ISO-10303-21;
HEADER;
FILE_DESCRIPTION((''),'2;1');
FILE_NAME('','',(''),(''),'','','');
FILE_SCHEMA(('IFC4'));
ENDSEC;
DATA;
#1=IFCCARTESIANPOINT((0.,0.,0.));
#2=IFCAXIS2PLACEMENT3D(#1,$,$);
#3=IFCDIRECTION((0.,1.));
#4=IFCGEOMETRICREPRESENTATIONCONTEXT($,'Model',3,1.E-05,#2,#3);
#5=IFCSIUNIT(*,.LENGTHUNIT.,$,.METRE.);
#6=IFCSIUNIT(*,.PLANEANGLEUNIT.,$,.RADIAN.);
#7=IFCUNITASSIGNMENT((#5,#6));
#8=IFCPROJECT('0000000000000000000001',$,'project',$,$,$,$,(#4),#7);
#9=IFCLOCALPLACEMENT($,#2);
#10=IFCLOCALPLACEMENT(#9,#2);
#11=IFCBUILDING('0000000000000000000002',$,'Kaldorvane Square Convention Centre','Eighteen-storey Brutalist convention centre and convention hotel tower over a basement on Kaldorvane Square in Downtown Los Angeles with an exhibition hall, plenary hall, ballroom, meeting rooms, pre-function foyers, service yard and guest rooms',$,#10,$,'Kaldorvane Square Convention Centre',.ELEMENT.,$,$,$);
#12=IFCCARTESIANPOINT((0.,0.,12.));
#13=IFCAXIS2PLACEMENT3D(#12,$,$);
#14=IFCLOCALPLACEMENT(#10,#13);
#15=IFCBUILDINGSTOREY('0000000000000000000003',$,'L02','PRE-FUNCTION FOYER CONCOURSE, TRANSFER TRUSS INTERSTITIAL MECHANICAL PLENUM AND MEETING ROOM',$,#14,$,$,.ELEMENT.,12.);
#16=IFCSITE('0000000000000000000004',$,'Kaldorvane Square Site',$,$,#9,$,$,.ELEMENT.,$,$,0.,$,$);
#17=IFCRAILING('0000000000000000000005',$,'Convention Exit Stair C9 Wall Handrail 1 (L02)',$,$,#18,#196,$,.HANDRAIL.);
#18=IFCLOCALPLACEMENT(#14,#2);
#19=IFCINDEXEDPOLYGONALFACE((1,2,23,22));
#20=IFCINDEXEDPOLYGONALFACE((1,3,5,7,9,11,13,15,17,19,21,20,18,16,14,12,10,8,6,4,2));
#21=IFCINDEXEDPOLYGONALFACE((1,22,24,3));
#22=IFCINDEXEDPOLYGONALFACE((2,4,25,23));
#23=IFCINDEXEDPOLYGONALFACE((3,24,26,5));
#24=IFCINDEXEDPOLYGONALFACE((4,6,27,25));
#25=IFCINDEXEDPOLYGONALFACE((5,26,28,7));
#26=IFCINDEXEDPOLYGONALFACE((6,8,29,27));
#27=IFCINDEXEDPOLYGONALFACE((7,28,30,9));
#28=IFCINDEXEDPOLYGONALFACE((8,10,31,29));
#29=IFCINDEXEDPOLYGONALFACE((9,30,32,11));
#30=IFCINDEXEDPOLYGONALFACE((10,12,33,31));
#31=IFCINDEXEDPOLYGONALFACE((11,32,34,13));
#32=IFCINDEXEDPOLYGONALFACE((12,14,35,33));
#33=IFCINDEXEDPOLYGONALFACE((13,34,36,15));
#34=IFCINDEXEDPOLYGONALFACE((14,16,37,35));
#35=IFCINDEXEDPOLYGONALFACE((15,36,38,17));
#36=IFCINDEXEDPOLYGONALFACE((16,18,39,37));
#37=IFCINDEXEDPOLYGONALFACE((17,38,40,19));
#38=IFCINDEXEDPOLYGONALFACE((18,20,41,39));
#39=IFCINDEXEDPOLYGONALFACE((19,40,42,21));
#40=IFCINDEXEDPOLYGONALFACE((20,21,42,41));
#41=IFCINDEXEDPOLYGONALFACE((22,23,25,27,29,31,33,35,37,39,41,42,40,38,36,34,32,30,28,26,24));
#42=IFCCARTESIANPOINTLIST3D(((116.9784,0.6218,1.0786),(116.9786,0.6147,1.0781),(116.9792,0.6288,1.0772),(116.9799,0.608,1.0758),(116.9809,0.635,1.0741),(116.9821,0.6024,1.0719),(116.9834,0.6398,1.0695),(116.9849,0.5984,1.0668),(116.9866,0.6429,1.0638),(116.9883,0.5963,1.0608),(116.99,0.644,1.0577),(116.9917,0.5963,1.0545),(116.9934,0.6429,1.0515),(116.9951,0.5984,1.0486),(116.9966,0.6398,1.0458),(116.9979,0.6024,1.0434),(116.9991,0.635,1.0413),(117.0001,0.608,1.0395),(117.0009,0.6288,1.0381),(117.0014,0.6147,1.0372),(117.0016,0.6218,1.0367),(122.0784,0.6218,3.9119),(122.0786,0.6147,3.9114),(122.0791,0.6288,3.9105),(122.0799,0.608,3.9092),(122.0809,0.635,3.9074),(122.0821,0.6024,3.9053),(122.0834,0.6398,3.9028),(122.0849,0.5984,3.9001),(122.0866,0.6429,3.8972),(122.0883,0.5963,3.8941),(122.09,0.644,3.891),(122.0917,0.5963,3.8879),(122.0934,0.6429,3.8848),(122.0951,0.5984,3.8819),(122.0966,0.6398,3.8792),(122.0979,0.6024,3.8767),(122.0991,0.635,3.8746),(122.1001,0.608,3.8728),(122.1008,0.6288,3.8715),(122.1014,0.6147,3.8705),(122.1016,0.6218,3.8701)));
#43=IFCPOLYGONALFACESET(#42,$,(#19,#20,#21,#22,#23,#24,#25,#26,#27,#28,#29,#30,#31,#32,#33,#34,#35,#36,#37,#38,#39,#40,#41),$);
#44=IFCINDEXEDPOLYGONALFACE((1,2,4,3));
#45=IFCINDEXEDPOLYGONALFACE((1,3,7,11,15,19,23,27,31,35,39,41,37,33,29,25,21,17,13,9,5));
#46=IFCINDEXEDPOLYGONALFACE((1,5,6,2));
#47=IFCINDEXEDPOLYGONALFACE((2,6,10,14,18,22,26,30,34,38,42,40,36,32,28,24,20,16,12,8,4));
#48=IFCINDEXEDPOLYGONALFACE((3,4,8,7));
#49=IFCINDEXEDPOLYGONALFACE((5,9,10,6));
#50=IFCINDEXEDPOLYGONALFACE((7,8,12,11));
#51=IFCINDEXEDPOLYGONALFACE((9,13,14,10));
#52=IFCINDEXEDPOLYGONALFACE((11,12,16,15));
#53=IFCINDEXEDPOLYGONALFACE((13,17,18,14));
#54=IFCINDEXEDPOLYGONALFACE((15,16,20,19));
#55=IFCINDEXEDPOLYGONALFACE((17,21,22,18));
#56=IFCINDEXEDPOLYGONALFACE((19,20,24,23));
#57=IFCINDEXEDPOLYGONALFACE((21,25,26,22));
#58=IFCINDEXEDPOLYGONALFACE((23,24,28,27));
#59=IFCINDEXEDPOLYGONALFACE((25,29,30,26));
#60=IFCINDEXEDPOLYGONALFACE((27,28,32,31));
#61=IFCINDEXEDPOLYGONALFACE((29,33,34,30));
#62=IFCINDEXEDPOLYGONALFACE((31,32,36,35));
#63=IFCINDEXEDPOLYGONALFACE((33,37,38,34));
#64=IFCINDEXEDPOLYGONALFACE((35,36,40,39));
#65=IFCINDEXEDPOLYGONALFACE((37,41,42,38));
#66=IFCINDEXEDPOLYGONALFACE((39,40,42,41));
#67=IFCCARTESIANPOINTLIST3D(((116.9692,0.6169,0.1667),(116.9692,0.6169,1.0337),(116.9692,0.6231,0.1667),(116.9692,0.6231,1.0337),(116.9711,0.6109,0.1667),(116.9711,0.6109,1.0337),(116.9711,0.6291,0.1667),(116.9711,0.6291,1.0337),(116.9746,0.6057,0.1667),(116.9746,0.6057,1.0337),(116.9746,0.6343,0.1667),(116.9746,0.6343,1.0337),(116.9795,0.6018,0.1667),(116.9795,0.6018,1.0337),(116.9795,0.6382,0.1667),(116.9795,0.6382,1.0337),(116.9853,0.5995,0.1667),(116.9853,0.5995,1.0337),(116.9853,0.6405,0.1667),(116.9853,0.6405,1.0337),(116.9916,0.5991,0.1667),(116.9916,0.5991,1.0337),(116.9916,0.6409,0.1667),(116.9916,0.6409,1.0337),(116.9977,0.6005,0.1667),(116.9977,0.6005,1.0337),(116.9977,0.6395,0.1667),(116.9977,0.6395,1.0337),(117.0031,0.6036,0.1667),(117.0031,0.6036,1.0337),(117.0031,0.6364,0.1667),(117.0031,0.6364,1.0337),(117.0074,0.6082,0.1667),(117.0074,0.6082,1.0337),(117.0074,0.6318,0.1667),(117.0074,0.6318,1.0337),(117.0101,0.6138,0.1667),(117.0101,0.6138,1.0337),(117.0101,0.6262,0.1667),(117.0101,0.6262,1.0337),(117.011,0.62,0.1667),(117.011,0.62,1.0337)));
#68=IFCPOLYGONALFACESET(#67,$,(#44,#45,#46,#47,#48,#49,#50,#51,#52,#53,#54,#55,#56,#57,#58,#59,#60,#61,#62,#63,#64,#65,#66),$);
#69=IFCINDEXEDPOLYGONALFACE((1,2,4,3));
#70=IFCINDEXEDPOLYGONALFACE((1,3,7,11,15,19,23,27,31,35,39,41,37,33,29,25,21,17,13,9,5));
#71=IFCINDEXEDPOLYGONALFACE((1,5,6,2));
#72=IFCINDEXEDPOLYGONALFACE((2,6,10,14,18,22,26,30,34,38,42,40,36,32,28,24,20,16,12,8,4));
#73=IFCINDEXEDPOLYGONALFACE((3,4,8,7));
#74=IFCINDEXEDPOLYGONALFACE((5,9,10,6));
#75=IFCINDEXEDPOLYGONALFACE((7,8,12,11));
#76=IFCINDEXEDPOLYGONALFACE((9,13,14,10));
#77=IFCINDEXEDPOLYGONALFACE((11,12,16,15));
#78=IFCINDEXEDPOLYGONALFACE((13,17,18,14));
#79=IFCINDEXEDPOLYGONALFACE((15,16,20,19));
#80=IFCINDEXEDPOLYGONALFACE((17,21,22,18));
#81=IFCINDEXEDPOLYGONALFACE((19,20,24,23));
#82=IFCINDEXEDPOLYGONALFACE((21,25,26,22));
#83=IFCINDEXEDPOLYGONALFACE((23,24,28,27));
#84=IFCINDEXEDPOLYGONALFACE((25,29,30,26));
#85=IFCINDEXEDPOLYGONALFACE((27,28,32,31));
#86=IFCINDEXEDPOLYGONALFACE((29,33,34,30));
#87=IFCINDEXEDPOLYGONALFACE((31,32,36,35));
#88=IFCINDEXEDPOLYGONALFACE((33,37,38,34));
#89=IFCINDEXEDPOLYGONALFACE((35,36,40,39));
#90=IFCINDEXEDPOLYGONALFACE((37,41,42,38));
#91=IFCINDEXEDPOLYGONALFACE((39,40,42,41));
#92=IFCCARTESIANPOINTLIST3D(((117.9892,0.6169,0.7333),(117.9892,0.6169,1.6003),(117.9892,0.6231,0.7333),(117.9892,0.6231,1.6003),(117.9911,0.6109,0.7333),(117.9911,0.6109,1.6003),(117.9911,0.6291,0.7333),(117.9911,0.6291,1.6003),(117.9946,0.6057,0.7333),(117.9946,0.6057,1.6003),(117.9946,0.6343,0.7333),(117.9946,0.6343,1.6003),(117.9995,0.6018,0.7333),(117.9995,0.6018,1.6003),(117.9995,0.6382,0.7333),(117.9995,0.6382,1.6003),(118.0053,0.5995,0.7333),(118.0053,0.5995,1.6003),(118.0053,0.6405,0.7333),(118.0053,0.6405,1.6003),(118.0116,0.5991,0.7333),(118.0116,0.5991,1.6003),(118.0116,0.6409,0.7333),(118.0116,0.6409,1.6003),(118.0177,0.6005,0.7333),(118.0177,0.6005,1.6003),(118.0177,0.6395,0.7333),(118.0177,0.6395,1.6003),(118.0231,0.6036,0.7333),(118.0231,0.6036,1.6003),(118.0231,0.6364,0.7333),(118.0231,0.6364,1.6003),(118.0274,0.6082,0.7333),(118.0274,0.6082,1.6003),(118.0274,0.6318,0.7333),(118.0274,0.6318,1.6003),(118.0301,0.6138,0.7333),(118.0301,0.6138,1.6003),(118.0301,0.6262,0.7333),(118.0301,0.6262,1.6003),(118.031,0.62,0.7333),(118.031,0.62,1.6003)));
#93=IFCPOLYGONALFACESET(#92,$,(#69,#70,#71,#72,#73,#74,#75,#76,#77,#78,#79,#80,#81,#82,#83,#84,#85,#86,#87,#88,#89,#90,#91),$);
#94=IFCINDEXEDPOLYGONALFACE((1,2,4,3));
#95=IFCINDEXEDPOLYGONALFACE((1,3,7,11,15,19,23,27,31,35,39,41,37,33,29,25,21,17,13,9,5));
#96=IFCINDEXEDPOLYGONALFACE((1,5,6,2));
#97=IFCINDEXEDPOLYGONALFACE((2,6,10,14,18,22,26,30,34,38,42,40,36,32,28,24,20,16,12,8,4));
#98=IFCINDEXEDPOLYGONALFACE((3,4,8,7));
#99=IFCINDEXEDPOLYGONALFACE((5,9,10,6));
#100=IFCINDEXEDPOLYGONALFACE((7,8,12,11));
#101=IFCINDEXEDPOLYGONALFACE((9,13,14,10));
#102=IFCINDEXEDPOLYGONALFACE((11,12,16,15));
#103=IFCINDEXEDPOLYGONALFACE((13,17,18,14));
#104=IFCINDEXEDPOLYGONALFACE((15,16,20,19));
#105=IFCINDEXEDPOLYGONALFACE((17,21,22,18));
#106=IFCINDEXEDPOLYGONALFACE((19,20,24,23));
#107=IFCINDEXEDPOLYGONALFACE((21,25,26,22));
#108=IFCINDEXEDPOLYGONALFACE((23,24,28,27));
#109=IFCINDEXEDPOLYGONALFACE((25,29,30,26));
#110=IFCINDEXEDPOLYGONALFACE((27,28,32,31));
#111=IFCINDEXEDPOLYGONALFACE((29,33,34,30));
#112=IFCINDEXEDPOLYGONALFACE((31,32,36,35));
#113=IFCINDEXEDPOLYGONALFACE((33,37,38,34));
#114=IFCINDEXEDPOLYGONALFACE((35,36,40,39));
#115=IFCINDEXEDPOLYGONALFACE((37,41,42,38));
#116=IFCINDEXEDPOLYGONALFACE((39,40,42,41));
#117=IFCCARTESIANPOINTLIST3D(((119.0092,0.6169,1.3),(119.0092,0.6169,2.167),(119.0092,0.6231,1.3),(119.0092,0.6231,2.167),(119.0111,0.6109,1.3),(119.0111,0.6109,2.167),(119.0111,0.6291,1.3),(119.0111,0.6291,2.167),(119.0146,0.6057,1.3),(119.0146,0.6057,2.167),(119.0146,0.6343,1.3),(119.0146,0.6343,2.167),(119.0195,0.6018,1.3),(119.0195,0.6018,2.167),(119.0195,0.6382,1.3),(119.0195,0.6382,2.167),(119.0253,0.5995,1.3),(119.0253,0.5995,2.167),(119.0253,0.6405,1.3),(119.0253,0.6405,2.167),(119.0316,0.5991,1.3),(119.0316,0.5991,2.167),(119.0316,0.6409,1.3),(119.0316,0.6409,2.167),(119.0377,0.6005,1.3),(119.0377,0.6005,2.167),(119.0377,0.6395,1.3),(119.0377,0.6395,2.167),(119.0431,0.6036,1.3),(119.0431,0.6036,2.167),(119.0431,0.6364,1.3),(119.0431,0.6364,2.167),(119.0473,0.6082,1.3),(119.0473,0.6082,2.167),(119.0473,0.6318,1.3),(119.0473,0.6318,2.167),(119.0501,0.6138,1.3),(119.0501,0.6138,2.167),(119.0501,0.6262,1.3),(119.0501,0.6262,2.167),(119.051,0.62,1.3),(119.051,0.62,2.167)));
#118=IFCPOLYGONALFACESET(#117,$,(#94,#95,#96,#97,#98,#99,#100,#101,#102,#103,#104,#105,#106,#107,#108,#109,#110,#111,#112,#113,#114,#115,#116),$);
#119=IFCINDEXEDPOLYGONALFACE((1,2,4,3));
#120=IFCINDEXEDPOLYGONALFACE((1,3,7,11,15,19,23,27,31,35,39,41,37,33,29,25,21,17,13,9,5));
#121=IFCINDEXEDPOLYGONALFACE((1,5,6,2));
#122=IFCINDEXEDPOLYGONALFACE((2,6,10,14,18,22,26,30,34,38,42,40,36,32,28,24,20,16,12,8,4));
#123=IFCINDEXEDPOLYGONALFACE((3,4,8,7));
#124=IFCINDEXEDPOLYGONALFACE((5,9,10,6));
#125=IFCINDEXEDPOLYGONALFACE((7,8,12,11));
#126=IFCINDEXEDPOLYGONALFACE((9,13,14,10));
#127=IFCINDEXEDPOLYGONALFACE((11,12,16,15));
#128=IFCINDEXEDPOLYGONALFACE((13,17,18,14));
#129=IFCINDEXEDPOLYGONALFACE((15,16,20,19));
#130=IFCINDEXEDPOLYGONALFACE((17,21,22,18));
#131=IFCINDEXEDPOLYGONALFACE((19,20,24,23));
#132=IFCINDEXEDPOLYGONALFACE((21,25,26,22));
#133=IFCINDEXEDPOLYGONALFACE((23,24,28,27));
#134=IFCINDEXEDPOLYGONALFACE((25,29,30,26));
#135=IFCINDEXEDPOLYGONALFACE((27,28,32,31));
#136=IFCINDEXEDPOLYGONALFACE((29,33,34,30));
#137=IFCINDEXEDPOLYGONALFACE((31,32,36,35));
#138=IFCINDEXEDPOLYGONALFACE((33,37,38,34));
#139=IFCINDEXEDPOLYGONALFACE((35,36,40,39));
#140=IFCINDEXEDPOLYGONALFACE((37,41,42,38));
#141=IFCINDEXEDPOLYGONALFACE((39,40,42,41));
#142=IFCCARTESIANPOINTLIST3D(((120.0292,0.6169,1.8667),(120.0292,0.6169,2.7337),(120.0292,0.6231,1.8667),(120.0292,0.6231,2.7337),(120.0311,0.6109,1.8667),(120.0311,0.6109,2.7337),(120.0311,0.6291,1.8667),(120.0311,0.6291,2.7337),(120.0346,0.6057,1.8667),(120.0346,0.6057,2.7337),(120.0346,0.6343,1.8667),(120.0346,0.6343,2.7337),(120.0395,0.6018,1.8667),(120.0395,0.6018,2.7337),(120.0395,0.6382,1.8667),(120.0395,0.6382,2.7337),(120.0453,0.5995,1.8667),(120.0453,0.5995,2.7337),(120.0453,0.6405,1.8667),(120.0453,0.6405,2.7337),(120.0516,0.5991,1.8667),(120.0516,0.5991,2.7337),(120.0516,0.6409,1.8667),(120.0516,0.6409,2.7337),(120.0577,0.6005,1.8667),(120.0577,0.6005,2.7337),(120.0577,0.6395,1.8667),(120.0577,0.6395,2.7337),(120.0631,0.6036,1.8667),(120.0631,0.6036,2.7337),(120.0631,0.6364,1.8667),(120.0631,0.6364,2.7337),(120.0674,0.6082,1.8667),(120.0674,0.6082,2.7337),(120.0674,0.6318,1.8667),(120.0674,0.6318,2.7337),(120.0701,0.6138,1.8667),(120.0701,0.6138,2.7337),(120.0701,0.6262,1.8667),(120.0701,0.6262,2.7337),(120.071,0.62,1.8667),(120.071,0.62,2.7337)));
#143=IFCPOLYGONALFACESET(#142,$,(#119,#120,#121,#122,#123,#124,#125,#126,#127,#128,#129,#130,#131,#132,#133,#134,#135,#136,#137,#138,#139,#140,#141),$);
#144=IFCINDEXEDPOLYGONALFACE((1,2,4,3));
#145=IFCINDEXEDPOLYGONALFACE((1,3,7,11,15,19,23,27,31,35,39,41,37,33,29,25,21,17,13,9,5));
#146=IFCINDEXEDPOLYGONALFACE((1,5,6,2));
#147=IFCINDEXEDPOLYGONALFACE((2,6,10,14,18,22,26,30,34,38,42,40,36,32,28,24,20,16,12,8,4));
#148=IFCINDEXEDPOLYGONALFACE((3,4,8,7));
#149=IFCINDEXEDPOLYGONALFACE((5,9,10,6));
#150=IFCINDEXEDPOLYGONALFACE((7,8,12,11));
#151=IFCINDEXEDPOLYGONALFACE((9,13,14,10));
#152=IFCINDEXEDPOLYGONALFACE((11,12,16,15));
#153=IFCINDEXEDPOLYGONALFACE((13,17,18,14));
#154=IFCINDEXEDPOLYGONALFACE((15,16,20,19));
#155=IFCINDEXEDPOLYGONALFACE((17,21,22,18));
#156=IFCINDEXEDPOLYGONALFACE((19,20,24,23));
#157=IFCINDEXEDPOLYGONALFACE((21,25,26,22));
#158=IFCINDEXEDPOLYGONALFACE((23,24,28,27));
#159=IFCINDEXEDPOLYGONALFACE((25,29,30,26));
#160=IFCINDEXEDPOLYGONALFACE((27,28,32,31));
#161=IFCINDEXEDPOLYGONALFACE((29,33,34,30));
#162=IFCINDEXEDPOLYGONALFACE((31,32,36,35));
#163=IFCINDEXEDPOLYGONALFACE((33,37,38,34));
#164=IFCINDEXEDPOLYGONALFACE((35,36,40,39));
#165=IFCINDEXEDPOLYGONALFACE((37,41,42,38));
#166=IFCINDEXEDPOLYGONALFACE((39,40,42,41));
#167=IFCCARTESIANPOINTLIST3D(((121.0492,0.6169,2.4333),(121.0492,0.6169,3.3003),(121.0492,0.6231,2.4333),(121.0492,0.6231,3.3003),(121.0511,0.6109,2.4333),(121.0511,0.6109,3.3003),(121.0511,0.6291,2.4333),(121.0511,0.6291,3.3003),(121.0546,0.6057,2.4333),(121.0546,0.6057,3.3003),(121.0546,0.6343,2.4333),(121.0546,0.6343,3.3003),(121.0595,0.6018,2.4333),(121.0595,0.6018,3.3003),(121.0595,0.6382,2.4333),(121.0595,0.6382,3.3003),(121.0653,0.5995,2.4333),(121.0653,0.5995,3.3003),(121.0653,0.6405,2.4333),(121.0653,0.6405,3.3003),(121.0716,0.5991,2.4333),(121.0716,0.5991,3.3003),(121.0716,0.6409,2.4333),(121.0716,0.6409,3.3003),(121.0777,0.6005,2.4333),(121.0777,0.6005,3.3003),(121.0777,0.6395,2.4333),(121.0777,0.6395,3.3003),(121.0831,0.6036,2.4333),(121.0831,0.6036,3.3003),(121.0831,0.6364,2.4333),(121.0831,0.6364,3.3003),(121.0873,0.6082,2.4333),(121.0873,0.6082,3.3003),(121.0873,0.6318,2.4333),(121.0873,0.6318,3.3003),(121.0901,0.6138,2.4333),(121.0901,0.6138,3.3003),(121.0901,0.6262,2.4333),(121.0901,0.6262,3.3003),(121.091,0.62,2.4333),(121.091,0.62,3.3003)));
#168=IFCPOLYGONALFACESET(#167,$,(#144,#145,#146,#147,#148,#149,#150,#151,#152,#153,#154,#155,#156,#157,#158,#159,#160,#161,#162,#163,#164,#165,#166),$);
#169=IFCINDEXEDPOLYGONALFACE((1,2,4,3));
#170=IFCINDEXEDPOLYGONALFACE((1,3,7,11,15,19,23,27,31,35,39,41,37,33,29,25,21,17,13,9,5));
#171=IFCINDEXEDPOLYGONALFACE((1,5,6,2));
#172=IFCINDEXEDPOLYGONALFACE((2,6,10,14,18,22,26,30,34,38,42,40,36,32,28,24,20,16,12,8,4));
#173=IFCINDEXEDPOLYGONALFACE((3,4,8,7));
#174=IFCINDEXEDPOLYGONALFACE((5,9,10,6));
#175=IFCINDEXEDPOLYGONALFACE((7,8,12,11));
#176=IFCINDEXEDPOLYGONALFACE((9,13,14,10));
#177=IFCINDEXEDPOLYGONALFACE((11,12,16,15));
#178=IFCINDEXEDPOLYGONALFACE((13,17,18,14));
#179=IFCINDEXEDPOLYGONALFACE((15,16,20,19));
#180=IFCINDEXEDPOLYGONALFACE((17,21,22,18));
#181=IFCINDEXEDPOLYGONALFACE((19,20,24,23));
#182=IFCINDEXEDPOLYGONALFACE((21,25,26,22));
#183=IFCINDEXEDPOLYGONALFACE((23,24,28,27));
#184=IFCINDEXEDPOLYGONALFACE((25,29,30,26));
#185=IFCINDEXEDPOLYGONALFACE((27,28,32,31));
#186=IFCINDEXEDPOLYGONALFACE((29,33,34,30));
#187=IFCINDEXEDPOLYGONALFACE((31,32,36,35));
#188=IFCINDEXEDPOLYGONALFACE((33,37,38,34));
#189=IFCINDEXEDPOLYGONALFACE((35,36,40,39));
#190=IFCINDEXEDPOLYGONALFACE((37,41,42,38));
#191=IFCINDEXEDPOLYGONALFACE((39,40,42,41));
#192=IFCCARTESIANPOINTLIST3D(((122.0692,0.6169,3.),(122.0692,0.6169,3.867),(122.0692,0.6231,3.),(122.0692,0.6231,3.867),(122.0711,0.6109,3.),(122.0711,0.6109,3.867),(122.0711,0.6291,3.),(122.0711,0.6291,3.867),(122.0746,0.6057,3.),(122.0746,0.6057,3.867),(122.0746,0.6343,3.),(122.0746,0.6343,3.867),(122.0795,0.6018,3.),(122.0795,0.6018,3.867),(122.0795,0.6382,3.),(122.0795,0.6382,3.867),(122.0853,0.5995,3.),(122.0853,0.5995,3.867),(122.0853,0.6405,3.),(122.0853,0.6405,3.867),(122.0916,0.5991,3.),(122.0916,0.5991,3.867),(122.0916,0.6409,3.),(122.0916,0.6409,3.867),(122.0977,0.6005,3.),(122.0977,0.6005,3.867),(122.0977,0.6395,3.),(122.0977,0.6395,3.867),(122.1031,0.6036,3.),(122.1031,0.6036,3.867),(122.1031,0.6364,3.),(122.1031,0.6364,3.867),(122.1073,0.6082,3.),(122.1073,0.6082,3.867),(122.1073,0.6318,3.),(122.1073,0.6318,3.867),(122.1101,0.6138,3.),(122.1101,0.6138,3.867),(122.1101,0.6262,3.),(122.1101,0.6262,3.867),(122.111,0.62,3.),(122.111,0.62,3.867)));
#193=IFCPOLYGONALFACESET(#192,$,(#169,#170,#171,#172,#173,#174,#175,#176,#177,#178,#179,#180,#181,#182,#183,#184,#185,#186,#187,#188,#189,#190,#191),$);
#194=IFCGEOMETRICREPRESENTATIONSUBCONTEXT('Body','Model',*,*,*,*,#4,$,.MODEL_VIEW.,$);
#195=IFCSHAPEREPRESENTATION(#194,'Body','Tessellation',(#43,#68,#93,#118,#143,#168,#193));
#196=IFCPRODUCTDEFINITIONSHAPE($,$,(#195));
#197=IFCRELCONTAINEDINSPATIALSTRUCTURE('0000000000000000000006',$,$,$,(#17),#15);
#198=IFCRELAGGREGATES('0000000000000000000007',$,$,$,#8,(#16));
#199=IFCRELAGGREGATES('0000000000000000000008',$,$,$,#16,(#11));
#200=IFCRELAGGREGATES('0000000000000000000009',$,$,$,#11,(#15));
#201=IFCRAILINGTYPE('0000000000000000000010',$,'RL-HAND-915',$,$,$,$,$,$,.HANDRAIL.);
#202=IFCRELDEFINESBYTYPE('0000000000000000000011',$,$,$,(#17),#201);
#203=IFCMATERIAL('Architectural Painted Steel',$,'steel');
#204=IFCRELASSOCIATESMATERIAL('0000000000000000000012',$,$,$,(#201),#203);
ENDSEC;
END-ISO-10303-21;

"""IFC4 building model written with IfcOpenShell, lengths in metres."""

from ifc_helpers import new_model, si_unit, direction, frame, origin, origin_2d, place, context, subcontext, project, spatial, circle, extrude, material, type_object, element, save


model = new_model("IFC4")

# Units and contexts
model_context = context("Model", 3, precision=1e-05, world=origin(), true_north=direction((0.0, 1.0)))
body_context = subcontext(model_context, "Body", "Model", "MODEL_VIEW")
ifc_project = project(units=[si_unit("LENGTHUNIT", "METRE"), si_unit("PLANEANGLEUNIT", "RADIAN")], contexts=[model_context])

# Site, building, storey
site_placement = place(None, origin())
site = spatial("IfcSite", under=ifc_project, at=site_placement, Name="Kaldorvane Square Site", CompositionType="ELEMENT", RefElevation=0.0)
building_placement = place(site_placement, origin())
building = spatial("IfcBuilding", under=site, at=building_placement, Name="Kaldorvane Square Convention Centre", Description="Eighteen-storey Brutalist convention centre and convention hotel tower over a basement on Kaldorvane Square in Downtown Los Angeles with an exhibition hall, plenary hall, ballroom, meeting rooms, pre-function foyers, service yard and guest rooms", LongName="Kaldorvane Square Convention Centre", CompositionType="ELEMENT")
storey_placement = place(building_placement, frame((0.0, 0.0, 12.0)))
storey = spatial("IfcBuildingStorey", under=building, at=storey_placement, Name="L02", Description="PRE-FUNCTION FOYER CONCOURSE, TRANSFER TRUSS INTERSTITIAL MECHANICAL PLENUM AND MEETING ROOM", CompositionType="ELEMENT", Elevation=12.0)

# Railing
ifc_material_1 = material(Name="Architectural Painted Steel", Category="steel")
railing_type_1 = type_object("IfcRailingType", Name="RL-HAND-915", PredefinedType="HANDRAIL", material=ifc_material_1)
railing_1_placement = place(storey_placement, frame((116.99, 0.62, 0.1667)))
element("IfcRailing", 1, at=railing_1_placement, inside=storey, type_object=railing_type_1, Name="Convention Exit Stair C9 Wall Handrail 1 (L02)", PredefinedType="HANDRAIL", context=body_context, shape_type="SweptSolid", body=[
    extrude(circle(Radius=0.024, at=origin_2d()), frame((0.0, 0.0, 0.891), z_axis=(0.874157, 0.0, 0.485643), x_axis=(0.0, 1.0, 0.0)), (0.0, 0.0, 1.0), 5.8342),
    extrude(circle(Radius=0.021, at=origin_2d()), origin(), (0.0, 0.0, 1.0), 0.867),
    extrude(circle(Radius=0.021, at=origin_2d()), frame((1.02, 0.0, 0.5667)), (0.0, 0.0, 1.0), 0.867),
    extrude(circle(Radius=0.021, at=origin_2d()), frame((2.04, 0.0, 1.1333)), (0.0, 0.0, 1.0), 0.867),
    extrude(circle(Radius=0.021, at=origin_2d()), frame((3.06, 0.0, 1.7)), (0.0, 0.0, 1.0), 0.867),
    extrude(circle(Radius=0.021, at=origin_2d()), frame((4.08, 0.0, 2.2667)), (0.0, 0.0, 1.0), 0.867),
    extrude(circle(Radius=0.021, at=origin_2d()), frame((5.1, 0.0, 2.8333)), (0.0, 0.0, 1.0), 0.867),
])

save(model, "model.ifc")
